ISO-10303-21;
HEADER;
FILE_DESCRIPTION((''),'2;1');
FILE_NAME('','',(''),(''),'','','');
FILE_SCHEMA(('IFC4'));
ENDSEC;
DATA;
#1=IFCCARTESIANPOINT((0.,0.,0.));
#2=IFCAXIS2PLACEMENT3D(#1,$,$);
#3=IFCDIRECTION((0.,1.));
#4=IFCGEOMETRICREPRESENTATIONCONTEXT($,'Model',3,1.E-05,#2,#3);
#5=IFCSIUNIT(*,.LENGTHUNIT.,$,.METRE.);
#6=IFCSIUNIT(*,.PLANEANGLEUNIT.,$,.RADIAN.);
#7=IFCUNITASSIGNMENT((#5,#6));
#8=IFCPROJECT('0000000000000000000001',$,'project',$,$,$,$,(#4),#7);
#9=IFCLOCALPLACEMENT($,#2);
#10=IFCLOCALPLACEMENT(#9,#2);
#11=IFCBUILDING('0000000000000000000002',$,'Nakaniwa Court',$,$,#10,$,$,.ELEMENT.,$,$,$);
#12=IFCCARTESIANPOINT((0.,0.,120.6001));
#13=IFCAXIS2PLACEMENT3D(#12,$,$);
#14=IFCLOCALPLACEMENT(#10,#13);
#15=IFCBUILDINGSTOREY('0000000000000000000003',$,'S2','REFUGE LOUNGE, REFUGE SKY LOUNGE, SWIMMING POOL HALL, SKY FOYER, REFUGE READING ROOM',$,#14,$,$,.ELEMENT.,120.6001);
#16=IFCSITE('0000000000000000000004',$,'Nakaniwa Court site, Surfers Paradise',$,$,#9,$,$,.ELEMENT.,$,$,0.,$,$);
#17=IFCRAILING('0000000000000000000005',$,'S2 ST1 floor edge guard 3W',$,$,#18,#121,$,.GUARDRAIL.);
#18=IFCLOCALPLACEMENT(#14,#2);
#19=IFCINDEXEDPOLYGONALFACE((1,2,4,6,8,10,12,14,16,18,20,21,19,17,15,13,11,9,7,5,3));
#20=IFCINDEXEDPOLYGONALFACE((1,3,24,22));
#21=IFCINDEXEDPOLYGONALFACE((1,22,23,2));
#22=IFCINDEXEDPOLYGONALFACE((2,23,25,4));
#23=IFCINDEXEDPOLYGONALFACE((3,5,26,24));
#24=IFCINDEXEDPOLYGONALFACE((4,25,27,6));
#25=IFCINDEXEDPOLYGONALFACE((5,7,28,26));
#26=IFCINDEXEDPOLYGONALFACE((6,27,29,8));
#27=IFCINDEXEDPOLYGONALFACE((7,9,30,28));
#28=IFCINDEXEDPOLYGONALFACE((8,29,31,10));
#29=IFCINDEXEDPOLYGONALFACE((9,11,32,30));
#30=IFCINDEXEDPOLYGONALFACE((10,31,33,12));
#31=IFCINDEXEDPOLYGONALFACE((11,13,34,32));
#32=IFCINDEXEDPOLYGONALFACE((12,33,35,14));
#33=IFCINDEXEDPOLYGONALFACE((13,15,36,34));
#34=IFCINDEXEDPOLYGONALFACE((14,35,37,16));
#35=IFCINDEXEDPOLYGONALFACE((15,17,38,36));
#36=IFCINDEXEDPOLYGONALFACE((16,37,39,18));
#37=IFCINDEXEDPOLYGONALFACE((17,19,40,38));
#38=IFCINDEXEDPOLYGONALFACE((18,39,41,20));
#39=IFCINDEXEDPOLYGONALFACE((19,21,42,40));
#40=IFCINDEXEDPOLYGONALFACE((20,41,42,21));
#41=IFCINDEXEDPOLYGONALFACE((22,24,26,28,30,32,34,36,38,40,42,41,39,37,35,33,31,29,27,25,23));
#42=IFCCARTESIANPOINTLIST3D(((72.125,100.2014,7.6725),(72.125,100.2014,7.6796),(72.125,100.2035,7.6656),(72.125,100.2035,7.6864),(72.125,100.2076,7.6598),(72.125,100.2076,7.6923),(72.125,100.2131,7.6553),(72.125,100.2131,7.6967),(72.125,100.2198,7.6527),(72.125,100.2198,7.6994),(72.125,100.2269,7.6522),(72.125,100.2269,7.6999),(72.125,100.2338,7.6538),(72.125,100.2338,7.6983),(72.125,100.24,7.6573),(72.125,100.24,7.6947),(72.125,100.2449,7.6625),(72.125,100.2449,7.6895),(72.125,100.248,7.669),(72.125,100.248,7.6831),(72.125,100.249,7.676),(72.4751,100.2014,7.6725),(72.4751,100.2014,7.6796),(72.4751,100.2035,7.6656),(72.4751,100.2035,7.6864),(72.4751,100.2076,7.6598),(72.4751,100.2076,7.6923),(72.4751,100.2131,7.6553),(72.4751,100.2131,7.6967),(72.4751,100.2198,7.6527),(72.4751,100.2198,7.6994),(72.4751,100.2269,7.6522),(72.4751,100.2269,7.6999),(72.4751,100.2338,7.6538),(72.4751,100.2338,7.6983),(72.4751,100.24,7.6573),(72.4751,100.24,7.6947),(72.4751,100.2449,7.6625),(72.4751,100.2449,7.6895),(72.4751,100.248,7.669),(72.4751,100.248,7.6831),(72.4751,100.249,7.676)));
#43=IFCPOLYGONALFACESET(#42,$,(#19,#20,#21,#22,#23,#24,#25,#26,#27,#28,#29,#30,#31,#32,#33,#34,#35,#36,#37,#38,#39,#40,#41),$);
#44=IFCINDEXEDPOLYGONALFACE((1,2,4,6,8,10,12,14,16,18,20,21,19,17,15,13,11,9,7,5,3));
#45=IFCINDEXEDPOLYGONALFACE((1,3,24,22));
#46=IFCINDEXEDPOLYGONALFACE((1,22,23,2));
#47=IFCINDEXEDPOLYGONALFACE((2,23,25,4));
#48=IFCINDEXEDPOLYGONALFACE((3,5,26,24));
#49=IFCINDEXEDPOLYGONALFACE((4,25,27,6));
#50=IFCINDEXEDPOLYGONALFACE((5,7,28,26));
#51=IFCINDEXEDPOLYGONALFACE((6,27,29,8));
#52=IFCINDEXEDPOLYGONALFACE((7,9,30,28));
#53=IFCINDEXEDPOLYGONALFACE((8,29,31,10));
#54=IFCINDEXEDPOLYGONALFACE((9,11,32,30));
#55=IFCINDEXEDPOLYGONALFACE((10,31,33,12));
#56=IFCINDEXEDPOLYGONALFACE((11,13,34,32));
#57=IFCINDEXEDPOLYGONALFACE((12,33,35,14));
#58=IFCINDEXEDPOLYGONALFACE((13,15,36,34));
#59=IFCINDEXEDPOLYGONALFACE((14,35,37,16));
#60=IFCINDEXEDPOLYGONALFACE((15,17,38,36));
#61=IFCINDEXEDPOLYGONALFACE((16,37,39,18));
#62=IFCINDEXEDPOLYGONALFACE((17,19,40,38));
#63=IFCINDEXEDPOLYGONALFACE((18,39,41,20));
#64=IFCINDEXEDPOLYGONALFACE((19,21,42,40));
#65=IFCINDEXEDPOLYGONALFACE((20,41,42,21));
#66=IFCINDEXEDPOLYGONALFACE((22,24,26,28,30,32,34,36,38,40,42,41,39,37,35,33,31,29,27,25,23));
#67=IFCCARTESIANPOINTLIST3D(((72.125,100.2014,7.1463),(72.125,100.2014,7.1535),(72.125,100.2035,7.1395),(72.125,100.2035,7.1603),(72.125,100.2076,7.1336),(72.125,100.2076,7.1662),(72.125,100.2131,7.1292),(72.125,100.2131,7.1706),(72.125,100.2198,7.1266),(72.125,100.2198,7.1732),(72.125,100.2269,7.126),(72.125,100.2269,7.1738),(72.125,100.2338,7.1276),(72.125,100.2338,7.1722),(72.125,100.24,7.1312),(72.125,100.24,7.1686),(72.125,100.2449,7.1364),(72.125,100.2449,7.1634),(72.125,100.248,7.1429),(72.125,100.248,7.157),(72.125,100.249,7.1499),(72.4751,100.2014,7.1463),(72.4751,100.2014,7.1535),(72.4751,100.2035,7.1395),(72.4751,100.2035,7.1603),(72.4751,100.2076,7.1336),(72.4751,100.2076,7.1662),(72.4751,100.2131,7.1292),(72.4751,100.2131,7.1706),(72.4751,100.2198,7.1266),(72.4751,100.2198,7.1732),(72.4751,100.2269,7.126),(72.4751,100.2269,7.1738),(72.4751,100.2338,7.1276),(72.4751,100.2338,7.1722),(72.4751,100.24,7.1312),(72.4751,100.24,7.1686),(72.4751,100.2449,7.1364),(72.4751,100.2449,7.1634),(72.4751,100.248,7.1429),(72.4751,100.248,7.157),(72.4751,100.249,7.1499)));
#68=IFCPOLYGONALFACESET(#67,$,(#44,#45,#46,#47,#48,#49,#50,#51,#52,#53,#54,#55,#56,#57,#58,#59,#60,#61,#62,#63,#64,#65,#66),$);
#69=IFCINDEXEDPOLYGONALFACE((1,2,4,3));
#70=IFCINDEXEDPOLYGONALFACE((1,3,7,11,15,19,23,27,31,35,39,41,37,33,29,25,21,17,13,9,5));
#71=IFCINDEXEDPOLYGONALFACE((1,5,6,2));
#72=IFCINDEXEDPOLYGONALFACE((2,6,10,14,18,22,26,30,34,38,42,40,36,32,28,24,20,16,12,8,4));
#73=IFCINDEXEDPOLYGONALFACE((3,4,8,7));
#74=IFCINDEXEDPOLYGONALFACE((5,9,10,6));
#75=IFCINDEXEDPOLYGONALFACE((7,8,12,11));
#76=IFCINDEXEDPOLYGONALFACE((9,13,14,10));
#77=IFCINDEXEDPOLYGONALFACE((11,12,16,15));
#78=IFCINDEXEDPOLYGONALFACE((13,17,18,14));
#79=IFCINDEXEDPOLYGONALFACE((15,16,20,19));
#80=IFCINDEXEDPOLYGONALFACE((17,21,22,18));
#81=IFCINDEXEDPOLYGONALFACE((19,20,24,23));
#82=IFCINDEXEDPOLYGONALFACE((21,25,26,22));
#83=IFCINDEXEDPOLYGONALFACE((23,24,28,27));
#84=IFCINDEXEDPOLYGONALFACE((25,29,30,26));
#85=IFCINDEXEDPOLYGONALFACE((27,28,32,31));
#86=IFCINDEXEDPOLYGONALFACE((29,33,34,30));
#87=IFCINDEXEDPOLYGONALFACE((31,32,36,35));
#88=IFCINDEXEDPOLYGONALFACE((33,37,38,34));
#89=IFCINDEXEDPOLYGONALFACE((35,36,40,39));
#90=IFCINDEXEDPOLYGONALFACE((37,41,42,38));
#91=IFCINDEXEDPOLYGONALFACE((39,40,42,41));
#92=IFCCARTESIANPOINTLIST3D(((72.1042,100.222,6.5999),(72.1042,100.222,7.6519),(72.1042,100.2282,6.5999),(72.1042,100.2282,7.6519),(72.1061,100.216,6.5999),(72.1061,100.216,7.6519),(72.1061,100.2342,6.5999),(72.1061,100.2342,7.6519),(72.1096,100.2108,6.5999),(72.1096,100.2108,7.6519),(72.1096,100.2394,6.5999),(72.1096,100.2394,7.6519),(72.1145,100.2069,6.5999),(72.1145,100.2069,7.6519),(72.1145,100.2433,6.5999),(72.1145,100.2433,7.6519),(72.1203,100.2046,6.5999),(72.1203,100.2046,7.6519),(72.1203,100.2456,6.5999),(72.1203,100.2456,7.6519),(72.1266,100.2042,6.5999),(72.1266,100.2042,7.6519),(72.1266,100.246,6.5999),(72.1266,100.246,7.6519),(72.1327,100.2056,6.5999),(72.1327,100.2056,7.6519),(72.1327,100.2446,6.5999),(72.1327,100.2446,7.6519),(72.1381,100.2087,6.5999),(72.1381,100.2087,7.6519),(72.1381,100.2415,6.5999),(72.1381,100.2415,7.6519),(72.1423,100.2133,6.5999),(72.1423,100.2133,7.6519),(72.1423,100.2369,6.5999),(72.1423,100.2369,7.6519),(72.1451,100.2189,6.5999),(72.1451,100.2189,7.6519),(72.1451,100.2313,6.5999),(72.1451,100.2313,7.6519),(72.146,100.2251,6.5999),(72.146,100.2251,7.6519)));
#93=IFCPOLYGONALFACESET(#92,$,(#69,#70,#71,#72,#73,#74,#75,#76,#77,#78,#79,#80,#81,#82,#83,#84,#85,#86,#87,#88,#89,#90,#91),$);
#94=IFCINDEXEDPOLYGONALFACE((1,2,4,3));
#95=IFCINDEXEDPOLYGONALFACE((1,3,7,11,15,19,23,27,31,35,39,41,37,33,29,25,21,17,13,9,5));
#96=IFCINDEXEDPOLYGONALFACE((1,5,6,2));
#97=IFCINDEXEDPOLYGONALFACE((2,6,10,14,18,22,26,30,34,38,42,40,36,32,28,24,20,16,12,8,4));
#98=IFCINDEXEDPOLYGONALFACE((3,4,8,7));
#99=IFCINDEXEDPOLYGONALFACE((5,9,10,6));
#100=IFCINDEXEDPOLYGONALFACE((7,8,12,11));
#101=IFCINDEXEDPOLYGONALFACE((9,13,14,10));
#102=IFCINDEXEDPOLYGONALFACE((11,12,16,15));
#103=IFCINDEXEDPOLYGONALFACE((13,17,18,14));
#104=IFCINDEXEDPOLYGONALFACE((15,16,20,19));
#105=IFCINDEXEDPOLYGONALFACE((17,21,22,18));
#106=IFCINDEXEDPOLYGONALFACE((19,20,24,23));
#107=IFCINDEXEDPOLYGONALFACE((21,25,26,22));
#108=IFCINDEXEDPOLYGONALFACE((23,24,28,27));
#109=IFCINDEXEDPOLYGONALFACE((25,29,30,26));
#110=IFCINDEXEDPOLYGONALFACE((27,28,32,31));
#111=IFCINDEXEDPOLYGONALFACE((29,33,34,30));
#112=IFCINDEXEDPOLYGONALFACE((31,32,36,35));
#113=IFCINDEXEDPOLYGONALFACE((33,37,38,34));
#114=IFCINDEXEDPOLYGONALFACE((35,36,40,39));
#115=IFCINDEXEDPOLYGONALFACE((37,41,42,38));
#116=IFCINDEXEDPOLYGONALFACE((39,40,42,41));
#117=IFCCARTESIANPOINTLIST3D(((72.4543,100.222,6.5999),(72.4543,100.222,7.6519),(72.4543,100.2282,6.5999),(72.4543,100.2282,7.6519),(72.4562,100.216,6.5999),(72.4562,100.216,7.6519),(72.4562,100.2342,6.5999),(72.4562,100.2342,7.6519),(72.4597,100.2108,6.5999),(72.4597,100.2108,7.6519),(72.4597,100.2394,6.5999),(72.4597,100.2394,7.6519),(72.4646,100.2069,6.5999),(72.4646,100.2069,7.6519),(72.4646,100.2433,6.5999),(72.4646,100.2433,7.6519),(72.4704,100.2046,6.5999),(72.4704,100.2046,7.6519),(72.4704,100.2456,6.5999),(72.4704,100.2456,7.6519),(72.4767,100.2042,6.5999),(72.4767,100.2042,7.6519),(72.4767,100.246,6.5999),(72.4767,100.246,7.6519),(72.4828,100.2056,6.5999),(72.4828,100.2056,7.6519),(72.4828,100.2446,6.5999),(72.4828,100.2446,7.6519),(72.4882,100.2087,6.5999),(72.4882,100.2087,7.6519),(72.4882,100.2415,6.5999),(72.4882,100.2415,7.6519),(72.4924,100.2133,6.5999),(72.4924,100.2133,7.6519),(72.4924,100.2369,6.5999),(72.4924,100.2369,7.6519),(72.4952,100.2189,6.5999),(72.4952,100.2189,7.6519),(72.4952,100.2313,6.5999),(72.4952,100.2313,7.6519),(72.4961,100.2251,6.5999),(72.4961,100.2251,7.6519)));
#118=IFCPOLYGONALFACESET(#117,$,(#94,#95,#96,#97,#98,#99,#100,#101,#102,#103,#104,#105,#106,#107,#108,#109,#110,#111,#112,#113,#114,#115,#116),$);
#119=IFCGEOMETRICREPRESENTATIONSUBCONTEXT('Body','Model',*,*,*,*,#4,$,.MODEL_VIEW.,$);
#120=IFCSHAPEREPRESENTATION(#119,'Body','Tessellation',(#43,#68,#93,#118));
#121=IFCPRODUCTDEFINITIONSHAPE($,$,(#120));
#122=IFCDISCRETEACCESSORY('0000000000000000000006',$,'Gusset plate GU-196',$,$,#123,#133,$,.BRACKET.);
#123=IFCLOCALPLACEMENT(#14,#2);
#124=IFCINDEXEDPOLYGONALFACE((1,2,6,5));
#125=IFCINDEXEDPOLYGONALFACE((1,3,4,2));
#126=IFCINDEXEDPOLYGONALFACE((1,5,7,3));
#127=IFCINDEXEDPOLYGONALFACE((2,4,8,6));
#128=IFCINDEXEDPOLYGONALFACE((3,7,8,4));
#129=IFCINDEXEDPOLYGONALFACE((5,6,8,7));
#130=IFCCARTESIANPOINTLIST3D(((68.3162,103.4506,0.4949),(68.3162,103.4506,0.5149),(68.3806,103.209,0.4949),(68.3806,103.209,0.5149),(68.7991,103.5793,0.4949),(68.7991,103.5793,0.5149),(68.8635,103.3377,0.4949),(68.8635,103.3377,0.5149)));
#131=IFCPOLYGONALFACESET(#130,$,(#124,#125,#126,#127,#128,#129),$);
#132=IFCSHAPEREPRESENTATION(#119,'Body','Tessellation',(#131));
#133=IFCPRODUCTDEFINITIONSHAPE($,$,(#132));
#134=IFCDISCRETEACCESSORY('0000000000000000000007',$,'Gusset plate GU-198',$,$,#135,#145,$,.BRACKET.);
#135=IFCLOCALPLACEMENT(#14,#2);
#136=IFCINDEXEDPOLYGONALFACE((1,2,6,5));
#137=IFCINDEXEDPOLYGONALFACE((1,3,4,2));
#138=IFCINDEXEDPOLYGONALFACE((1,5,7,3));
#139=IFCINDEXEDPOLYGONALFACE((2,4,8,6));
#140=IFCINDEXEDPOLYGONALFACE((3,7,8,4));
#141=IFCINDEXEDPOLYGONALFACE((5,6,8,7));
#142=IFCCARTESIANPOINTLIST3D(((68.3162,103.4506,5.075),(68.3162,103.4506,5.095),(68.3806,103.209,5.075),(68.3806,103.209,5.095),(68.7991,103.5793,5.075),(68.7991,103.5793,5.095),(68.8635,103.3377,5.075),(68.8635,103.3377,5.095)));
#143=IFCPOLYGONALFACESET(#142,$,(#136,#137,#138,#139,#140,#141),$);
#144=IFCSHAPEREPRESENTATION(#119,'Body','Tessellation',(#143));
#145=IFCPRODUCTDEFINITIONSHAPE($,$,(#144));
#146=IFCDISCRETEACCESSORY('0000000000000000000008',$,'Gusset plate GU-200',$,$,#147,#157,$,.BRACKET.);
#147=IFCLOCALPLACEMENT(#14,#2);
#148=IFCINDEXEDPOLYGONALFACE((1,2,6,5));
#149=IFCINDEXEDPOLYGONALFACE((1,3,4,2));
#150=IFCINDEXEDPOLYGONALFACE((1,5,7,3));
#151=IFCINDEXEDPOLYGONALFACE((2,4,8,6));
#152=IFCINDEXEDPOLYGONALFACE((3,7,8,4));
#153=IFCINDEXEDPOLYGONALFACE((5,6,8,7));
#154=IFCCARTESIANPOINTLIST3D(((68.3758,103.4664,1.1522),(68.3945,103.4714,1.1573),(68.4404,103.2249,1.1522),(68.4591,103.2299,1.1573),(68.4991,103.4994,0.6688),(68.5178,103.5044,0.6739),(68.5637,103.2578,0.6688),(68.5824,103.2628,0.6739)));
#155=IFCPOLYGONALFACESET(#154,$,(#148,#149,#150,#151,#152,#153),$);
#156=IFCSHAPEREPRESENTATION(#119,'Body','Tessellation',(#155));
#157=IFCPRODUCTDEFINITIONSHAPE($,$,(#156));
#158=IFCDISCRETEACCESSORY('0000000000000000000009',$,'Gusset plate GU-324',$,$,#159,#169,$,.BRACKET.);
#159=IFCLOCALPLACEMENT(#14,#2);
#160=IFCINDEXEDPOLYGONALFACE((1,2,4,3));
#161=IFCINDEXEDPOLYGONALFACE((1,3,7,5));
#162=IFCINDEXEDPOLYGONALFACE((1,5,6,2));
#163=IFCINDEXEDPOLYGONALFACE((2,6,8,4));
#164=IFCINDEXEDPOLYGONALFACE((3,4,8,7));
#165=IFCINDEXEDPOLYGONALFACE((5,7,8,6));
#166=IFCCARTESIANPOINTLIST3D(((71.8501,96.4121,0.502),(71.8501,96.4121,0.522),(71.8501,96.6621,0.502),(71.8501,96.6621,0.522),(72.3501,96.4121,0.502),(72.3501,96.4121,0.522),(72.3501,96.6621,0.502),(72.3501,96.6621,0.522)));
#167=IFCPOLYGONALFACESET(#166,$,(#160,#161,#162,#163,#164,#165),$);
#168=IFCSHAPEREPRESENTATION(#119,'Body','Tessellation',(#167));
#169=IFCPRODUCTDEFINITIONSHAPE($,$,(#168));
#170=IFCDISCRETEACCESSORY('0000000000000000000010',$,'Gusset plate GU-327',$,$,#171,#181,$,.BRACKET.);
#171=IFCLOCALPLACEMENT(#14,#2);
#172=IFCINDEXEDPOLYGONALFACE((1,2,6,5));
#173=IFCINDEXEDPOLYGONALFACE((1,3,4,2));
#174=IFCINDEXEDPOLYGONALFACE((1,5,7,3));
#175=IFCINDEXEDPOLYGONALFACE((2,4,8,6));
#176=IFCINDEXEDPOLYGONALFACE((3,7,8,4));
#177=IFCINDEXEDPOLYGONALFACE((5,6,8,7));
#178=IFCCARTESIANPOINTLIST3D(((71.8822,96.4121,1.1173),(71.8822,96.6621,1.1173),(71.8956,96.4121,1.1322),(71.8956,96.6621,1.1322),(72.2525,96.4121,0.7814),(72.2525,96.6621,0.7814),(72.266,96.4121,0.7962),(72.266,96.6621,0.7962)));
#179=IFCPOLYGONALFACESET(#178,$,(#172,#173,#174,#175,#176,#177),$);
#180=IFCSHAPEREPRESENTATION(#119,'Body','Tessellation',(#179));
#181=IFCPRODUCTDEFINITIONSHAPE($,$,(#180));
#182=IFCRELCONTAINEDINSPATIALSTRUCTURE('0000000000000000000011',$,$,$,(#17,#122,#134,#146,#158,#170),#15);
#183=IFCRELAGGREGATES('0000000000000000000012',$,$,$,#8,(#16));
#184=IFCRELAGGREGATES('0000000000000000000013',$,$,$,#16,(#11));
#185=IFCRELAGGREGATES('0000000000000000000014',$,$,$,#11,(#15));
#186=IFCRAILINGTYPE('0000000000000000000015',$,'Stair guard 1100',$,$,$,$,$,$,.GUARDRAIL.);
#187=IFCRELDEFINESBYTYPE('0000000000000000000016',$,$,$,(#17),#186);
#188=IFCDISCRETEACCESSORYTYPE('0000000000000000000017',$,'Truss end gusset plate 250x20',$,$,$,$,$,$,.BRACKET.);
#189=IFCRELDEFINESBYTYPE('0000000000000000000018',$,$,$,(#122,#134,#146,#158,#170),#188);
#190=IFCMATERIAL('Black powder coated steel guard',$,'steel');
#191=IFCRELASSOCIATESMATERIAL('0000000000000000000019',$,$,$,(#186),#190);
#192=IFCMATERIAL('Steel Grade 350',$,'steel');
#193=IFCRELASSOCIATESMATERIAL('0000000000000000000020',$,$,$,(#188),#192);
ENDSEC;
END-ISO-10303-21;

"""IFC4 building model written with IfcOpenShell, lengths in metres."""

from ifc_helpers import new_model, si_unit, direction, frame, origin, origin_2d, place, context, subcontext, project, spatial, rectangle, circle, extrude, material, material_profile, profile_set, type_object, element, save


model = new_model("IFC4")

# Units and contexts
model_context = context("Model", 3, precision=1e-05, world=origin(), true_north=direction((0.0, 1.0)))
body_context = subcontext(model_context, "Body", "Model", "MODEL_VIEW")
ifc_project = project(units=[si_unit("LENGTHUNIT", "METRE"), si_unit("PLANEANGLEUNIT", "RADIAN")], contexts=[model_context])

# Site, building, storey
site_placement = place(None, origin())
site = spatial("IfcSite", under=ifc_project, at=site_placement, Name="Nakaniwa Court site, Surfers Paradise", CompositionType="ELEMENT", RefElevation=0.0)
building_placement = place(site_placement, origin())
building = spatial("IfcBuilding", under=site, at=building_placement, Name="Nakaniwa Court", CompositionType="ELEMENT")
storey_placement = place(building_placement, frame((0.0, 0.0, 120.6001)))
storey = spatial("IfcBuildingStorey", under=building, at=storey_placement, Name="S2", Description="REFUGE LOUNGE, REFUGE SKY LOUNGE, SWIMMING POOL HALL, SKY FOYER, REFUGE READING ROOM", CompositionType="ELEMENT", Elevation=120.6001)

# Shared definitions
ifc_material_1 = material(Name="Steel Grade 350", Category="steel")

# Railing
ifc_material_2 = material(Name="Black powder coated steel guard", Category="steel")
railing_type_1 = type_object("IfcRailingType", Name="Stair guard 1100", PredefinedType="GUARDRAIL", material=ifc_material_2)
for number, where, name in (
    (1, (72.125, 100.2251, 6.5999), "S2 ST1 floor edge guard 3W"),
):
    element("IfcRailing", number, at=place(storey_placement, frame(where)), inside=storey, type_object=railing_type_1, Name=name, PredefinedType="GUARDRAIL", context=body_context, shape_type="SweptSolid", body=[
        extrude(circle(Radius=0.0239, at=origin_2d()), frame((0.0, 0.0, 1.0762), z_axis=(1.0, 0.0, 0.0), x_axis=(0.0, 1.0, 0.0)), (0.0, 0.0, 1.0), 0.3501),
        extrude(circle(Radius=0.0239, at=origin_2d()), frame((0.0, 0.0, 0.55), z_axis=(1.0, 0.0, 0.0), x_axis=(0.0, 1.0, 0.0)), (0.0, 0.0, 1.0), 0.3501),
        extrude(circle(Radius=0.021, at=origin_2d()), origin(), (0.0, 0.0, 1.0), 1.052),
        extrude(circle(Radius=0.021, at=origin_2d()), frame((0.3501, 0.0, 0.0)), (0.0, 0.0, 1.0), 1.052),
    ])

# Discrete accessories
ifc_material_profile_1 = material_profile(ifc_material_1, rectangle(XDim=0.25, YDim=0.02, at=origin_2d()), Name="Truss end gusset plate 250x20")
ifc_profile_set_1 = profile_set([ifc_material_profile_1], Name="Steel Grade 350")
discrete_accessory_type = type_object("IfcDiscreteAccessoryType", Name="Truss end gusset plate 250x20", PredefinedType="BRACKET", material=ifc_profile_set_1)
for number, where, z_axis, x_axis, name in (
    (2, (68.3484, 103.3298, 0.5049), (0.966292, 0.25745, 0.0), (-0.25745, 0.966292, 0.0), "Gusset plate GU-196"),
    (3, (68.3484, 103.3298, 5.085), (0.966292, 0.25745, 0.0), (-0.25745, 0.966292, 0.0), "Gusset plate GU-198"),
):
    element("IfcDiscreteAccessory", number, at=place(storey_placement, frame(where, z_axis=z_axis, x_axis=x_axis)), inside=storey, type_object=discrete_accessory_type, Name=name, PredefinedType="BRACKET", context=body_context, shape_type="SweptSolid", body=[
        extrude(rectangle(XDim=0.25, YDim=0.02, at=origin_2d()), origin(), (0.0, 0.0, 1.0), 0.4998),
    ])
for number, where, z_axis, x_axis, name in (
    (4, (68.4175, 103.3481, 1.1548), (0.246601, 0.065923, -0.966872), (-0.258258, 0.966076, 0.0), "Gusset plate GU-200"),
    (5, (71.8501, 96.5371, 0.512), (1.0, 0.0, 0.0), (0.0, 1.0, 0.0), "Gusset plate GU-324"),
    (6, (71.8889, 96.5371, 1.1248), (0.740691, 0.0, -0.671846), (0.0, 1.0, 0.0), "Gusset plate GU-327"),
):
    element("IfcDiscreteAccessory", number, at=place(storey_placement, frame(where, z_axis=z_axis, x_axis=x_axis)), inside=storey, type_object=discrete_accessory_type, Name=name, PredefinedType="BRACKET", context=body_context, shape_type="SweptSolid", body=[
        extrude(rectangle(XDim=0.25, YDim=0.02, at=origin_2d()), origin(), (0.0, 0.0, 1.0), 0.5),
    ])

save(model, "model.ifc")
